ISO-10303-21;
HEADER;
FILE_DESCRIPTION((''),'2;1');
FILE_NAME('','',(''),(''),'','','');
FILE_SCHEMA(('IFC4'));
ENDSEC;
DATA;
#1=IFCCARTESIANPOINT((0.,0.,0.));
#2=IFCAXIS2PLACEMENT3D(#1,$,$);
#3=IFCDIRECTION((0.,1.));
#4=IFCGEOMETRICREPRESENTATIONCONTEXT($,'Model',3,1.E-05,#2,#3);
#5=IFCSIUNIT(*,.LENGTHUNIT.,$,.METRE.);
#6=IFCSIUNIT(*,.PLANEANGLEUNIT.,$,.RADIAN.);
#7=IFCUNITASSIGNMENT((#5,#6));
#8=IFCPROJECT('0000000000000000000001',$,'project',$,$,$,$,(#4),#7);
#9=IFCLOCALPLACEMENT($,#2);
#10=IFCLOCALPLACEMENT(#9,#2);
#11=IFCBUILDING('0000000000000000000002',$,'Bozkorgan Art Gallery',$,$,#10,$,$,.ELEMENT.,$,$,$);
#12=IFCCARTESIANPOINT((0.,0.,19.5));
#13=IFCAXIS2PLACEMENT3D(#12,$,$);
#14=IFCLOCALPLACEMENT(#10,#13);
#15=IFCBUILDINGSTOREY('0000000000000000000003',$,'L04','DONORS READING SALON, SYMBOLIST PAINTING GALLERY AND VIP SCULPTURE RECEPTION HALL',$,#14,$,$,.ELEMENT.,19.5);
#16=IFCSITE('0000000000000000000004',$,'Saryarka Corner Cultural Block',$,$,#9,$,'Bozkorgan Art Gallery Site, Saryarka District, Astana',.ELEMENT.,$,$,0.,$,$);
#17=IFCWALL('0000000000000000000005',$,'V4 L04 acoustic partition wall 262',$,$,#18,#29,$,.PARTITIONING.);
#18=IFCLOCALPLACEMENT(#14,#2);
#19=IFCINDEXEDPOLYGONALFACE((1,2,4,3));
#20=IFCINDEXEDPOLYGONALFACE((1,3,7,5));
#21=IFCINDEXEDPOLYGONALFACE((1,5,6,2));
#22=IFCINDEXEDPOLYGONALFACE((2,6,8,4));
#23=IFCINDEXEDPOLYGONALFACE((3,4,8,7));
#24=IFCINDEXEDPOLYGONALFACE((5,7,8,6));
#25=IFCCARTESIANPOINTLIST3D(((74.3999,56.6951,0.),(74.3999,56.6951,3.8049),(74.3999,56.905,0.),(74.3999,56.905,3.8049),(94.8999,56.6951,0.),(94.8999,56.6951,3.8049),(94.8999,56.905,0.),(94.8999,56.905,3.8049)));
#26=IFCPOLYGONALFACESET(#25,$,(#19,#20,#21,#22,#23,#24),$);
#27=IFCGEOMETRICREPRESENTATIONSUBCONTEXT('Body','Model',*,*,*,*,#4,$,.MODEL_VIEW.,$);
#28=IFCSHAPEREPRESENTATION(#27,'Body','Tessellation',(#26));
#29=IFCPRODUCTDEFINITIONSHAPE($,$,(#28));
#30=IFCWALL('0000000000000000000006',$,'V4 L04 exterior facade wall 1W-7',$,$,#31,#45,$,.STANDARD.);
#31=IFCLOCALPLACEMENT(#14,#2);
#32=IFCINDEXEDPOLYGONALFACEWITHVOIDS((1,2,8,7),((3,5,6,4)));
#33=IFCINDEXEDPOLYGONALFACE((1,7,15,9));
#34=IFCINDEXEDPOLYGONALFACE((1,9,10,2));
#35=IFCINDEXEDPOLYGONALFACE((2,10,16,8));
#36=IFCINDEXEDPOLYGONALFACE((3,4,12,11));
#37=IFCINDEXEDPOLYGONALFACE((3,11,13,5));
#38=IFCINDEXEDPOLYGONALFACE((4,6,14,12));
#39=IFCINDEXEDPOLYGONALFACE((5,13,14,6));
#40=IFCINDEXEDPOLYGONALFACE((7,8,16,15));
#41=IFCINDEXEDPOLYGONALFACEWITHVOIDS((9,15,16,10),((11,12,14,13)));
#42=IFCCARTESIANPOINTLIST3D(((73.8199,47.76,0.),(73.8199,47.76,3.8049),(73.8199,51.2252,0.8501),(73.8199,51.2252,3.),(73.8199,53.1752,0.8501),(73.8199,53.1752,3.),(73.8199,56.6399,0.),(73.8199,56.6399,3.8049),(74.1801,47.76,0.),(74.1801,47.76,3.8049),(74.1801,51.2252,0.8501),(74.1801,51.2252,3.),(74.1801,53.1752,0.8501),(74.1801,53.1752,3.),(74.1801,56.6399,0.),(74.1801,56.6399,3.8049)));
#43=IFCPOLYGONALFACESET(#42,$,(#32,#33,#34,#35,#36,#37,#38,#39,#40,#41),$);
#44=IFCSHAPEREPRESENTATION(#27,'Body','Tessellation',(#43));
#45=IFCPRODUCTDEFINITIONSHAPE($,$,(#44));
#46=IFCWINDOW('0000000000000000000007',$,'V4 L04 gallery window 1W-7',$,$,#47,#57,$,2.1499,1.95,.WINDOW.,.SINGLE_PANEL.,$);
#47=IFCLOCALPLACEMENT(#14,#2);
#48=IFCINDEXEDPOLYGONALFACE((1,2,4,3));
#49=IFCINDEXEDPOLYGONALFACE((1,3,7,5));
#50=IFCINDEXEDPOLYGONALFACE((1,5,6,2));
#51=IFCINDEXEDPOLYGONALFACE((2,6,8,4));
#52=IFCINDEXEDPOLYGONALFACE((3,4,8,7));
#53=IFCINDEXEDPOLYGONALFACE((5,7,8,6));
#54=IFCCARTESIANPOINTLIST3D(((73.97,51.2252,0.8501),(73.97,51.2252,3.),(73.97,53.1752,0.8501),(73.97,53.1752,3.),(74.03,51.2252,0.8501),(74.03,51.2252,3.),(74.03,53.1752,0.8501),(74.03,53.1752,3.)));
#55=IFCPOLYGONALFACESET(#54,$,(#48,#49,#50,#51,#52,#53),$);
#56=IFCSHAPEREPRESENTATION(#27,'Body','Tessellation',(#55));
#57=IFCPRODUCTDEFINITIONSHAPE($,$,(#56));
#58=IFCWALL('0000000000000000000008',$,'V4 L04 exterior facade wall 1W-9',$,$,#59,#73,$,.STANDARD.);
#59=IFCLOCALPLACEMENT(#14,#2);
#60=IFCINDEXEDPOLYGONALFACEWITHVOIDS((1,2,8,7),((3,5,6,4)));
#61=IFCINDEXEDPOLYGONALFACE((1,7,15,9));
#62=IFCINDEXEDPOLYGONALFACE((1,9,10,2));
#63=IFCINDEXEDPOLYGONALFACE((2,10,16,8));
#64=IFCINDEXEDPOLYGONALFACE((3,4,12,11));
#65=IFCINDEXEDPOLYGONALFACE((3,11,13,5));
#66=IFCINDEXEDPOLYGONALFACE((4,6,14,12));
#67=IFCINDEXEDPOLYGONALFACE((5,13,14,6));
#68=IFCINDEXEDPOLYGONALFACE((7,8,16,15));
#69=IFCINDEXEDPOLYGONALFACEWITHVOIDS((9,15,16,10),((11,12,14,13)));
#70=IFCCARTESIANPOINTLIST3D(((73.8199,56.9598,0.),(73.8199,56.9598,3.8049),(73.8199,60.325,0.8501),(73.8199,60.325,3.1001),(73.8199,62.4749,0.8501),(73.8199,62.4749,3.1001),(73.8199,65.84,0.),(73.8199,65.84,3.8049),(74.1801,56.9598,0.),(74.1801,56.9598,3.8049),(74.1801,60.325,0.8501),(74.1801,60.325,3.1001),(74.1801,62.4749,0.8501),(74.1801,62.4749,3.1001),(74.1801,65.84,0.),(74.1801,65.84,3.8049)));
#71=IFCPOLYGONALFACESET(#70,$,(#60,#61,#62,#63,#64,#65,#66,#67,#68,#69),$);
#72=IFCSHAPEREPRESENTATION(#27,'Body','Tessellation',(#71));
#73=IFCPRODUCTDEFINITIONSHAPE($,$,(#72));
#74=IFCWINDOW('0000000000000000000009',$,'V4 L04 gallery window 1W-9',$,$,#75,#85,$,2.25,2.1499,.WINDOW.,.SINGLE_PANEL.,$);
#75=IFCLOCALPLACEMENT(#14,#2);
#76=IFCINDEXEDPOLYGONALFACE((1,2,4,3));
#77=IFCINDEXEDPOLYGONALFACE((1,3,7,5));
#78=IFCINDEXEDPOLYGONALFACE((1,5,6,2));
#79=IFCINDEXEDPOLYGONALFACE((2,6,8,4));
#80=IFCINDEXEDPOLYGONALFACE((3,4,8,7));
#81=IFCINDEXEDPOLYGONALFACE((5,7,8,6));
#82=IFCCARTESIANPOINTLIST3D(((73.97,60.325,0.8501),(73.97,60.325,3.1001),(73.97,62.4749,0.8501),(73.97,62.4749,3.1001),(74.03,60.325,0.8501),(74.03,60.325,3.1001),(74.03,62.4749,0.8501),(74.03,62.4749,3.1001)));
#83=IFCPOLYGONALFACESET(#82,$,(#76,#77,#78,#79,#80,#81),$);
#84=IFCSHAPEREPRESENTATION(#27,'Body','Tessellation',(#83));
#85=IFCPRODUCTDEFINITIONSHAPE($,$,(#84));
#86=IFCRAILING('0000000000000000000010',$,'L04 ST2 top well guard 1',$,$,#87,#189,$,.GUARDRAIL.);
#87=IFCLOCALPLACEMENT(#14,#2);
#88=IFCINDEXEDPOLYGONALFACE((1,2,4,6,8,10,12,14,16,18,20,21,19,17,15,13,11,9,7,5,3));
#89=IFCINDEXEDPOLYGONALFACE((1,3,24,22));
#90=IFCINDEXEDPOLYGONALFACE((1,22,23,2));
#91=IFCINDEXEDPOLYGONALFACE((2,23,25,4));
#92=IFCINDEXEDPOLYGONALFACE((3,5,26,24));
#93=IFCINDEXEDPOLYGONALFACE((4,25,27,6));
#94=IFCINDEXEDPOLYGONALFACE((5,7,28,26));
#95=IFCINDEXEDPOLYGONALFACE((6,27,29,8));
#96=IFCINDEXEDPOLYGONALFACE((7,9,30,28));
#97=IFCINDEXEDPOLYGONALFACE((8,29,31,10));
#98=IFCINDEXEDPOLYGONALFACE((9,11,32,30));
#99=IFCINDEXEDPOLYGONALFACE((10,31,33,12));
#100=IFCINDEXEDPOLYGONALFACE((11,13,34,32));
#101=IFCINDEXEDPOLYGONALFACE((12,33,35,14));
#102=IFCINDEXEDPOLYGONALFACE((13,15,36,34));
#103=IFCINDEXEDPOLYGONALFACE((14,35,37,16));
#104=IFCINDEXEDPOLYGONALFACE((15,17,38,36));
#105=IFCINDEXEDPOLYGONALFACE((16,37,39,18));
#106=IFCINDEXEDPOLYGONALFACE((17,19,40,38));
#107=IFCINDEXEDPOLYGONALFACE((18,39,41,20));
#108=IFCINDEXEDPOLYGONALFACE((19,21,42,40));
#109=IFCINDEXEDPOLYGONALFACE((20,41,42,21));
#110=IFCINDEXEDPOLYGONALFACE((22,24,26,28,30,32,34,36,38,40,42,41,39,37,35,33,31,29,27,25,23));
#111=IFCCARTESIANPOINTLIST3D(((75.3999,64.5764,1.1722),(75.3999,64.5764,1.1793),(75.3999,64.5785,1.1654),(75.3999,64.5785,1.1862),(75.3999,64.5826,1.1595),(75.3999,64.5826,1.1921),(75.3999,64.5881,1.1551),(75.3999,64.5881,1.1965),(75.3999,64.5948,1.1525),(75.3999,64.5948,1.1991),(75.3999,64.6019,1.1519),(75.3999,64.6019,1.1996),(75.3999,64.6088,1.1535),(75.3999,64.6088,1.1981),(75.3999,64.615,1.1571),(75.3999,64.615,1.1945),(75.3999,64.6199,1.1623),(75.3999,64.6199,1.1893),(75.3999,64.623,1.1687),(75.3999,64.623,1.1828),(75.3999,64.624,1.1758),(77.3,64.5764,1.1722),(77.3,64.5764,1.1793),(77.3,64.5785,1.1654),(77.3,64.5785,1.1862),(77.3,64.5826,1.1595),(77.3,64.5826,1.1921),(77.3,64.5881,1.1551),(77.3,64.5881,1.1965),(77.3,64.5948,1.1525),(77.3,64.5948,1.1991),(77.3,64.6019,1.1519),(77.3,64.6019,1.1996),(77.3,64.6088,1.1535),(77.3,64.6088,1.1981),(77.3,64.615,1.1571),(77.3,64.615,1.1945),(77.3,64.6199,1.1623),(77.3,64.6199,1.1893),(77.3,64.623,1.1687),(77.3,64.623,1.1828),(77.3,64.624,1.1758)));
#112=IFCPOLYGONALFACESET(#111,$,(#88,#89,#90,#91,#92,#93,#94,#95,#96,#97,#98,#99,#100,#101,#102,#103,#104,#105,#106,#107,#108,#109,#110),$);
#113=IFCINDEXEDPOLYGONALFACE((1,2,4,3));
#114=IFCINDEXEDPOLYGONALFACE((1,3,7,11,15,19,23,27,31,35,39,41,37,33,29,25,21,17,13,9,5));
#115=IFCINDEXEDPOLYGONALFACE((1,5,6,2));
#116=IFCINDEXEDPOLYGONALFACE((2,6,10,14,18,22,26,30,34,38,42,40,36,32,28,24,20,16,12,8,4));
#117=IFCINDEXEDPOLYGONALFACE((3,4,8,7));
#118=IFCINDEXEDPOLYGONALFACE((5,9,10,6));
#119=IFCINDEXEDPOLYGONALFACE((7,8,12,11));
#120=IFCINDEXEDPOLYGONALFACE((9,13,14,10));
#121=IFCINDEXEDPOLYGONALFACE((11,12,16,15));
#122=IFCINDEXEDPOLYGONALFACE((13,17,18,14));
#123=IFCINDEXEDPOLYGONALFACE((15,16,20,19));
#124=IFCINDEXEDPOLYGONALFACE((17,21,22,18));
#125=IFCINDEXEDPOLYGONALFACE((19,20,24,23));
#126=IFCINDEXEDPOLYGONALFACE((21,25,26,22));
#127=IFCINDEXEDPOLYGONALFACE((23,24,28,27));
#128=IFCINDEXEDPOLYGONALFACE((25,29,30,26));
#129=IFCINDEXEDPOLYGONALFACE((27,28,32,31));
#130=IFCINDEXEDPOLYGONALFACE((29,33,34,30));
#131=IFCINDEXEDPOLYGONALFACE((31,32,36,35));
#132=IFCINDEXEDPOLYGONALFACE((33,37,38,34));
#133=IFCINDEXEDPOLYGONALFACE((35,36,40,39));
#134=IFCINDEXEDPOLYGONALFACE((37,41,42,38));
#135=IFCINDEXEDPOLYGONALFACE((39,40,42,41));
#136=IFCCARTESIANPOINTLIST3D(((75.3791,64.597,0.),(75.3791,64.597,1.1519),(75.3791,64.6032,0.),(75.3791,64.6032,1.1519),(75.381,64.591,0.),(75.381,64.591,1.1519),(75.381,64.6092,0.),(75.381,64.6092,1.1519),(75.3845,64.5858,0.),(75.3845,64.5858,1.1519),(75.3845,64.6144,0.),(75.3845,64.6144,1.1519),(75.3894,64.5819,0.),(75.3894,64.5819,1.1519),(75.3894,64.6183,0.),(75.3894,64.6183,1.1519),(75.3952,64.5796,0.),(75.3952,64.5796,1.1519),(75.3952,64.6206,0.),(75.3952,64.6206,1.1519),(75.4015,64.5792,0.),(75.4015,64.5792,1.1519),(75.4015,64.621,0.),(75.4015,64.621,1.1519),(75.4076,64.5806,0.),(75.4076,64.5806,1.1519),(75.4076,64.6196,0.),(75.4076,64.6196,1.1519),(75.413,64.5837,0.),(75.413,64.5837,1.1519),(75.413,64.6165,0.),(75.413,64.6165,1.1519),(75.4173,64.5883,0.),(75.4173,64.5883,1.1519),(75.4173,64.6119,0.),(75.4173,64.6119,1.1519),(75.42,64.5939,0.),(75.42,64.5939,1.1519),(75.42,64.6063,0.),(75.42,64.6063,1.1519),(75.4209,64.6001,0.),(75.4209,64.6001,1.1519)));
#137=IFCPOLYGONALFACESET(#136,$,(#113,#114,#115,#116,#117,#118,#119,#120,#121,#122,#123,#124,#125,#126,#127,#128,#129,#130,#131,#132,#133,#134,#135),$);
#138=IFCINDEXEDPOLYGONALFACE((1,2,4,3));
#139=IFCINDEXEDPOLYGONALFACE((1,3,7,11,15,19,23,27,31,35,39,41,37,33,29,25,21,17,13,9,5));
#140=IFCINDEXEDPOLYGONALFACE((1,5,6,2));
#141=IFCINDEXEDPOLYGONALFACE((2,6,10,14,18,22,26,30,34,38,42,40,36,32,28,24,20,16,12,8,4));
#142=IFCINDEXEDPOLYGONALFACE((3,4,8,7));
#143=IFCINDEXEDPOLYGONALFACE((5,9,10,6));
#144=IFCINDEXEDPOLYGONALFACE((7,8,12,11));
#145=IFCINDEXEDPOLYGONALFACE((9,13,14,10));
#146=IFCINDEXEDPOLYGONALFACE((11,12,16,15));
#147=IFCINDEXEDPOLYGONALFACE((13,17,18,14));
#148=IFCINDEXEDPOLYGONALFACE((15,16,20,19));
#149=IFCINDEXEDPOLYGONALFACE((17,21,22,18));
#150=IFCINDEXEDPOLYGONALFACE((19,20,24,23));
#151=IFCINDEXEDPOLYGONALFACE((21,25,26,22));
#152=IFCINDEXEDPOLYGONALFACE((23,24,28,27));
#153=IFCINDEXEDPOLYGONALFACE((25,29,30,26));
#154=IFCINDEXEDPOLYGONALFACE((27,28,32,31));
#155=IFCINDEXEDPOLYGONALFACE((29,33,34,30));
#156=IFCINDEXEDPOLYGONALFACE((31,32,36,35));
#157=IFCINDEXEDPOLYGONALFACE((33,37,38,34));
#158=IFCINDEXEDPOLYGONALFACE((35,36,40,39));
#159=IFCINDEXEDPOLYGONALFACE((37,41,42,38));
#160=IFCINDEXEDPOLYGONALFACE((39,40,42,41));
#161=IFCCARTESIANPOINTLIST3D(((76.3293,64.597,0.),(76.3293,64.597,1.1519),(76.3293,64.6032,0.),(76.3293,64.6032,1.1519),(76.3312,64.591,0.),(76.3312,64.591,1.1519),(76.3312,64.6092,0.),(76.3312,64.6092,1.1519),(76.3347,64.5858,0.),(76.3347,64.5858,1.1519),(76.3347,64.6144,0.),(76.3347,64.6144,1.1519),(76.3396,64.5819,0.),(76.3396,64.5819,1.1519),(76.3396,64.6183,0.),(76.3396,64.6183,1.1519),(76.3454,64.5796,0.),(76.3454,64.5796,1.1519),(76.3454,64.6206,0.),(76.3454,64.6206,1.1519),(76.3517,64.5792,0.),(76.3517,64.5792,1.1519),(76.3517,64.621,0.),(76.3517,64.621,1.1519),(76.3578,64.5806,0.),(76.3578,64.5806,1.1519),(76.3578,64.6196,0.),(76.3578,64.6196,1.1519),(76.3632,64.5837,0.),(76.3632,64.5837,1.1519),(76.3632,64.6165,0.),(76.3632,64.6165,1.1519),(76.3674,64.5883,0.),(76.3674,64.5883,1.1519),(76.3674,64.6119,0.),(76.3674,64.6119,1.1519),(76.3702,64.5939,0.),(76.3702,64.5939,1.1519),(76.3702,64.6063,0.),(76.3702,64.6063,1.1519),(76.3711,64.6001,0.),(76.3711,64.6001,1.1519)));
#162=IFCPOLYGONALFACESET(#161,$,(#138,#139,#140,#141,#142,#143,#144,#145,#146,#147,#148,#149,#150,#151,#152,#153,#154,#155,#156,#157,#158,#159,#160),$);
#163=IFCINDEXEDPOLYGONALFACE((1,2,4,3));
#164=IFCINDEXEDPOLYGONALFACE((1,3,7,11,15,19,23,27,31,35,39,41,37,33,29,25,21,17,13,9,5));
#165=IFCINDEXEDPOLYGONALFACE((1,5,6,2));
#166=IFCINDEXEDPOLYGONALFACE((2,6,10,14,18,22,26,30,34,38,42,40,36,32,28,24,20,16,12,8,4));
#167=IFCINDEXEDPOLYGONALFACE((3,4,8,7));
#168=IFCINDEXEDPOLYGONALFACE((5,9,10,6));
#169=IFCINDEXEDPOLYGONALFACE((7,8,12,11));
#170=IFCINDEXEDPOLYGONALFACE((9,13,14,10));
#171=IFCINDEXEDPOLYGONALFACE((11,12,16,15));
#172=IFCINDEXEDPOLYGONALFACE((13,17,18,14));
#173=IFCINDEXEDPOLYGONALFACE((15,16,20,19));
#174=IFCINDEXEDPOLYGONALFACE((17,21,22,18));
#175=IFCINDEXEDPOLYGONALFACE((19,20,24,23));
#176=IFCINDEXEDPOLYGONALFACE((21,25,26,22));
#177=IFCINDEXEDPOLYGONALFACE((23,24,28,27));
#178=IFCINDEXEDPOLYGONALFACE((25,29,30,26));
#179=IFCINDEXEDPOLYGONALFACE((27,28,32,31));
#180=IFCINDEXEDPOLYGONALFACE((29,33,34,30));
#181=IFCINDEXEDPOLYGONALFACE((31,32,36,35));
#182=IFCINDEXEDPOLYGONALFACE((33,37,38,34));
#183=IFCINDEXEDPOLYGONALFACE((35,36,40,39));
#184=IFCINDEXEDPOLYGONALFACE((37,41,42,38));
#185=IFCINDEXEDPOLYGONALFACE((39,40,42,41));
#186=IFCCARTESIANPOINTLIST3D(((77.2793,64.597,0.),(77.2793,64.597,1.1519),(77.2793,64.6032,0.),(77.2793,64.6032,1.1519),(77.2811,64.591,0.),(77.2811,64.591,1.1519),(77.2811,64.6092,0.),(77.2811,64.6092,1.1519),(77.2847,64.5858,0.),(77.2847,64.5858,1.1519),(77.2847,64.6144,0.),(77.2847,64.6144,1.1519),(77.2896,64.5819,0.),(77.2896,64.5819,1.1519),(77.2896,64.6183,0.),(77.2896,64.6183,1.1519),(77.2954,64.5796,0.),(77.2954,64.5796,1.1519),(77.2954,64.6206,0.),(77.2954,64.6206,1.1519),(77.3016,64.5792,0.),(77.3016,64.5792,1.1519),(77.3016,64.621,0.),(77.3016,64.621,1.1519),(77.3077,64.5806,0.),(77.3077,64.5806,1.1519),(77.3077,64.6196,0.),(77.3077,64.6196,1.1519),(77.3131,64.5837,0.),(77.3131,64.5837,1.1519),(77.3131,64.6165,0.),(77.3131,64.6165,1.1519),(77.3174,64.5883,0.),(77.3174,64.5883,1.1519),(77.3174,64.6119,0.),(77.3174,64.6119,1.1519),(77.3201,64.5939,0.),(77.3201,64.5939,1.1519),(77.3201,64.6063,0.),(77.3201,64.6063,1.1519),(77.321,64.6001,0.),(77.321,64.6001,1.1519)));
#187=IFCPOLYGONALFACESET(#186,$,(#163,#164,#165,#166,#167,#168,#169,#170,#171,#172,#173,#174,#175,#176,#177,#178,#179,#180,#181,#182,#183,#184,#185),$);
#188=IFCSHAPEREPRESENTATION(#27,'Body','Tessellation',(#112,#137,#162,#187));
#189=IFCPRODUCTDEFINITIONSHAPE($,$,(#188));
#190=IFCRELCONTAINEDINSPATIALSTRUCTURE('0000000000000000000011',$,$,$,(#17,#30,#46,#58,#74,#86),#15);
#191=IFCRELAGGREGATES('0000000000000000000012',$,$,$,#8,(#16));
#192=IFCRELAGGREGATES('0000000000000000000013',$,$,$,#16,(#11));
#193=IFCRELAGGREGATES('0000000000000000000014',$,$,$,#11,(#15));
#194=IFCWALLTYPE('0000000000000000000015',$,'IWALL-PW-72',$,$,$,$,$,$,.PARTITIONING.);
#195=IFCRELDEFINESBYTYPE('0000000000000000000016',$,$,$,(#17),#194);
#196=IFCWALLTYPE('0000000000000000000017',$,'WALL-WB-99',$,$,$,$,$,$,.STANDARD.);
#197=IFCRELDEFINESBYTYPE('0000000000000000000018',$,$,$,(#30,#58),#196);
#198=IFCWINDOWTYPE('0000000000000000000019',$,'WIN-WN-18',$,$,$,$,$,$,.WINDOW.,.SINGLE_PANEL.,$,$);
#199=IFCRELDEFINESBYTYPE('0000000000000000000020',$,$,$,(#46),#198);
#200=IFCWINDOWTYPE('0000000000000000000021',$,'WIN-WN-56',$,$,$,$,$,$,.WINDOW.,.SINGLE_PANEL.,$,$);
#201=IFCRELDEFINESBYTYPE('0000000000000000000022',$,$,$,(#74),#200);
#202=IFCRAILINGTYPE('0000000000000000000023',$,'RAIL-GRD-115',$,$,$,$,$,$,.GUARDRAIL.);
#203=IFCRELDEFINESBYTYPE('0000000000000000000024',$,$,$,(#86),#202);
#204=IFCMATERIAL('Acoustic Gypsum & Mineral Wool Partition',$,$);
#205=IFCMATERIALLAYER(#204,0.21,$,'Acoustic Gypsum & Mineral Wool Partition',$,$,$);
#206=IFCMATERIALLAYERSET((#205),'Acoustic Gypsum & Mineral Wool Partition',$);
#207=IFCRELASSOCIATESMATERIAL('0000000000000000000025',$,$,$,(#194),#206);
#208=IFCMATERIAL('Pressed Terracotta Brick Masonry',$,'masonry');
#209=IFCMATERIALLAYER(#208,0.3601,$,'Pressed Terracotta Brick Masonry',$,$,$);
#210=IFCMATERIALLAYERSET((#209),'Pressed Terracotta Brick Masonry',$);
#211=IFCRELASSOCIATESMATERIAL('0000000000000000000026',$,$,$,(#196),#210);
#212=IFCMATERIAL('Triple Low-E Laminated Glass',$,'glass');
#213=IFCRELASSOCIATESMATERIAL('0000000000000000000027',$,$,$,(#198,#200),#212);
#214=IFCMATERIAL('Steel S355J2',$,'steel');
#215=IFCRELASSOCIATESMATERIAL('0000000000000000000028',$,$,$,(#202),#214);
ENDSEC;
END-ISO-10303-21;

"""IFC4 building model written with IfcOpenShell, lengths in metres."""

from ifc_helpers import new_model, si_unit, direction, frame, frame_2d, origin, origin_2d, place, context, subcontext, project, spatial, rectangle, circle, extrude, material, layer, layer_set, type_object, element, fill, save


model = new_model("IFC4")

# Units and contexts
model_context = context("Model", 3, precision=1e-05, world=origin(), true_north=direction((0.0, 1.0)))
body_context = subcontext(model_context, "Body", "Model", "MODEL_VIEW")
ifc_project = project(units=[si_unit("LENGTHUNIT", "METRE"), si_unit("PLANEANGLEUNIT", "RADIAN")], contexts=[model_context])

# Site, building, storey
site_placement = place(None, origin())
site = spatial("IfcSite", under=ifc_project, at=site_placement, Name="Saryarka Corner Cultural Block", LongName="Bozkorgan Art Gallery Site, Saryarka District, Astana", CompositionType="ELEMENT", RefElevation=0.0)
building_placement = place(site_placement, origin())
building = spatial("IfcBuilding", under=site, at=building_placement, Name="Bozkorgan Art Gallery", CompositionType="ELEMENT")
storey_placement = place(building_placement, frame((0.0, 0.0, 19.5)))
storey = spatial("IfcBuildingStorey", under=building, at=storey_placement, Name="L04", Description="DONORS READING SALON, SYMBOLIST PAINTING GALLERY AND VIP SCULPTURE RECEPTION HALL", CompositionType="ELEMENT", Elevation=19.5)

# Shared definitions
ifc_material_1 = material(Name="Steel S355J2", Category="steel")

# Wall
ifc_material_2 = material(Name="Acoustic Gypsum & Mineral Wool Partition")
ifc_layer_1 = layer(ifc_material_2, 0.21, Name="Acoustic Gypsum & Mineral Wool Partition")
ifc_layer_set_1 = layer_set([ifc_layer_1], Name="Acoustic Gypsum & Mineral Wool Partition")
wall_type_1 = type_object("IfcWallType", Name="IWALL-PW-72", PredefinedType="PARTITIONING", material=ifc_layer_set_1)
wall_1_placement = place(storey_placement, frame((74.3999, 56.8, 0.0), z_axis=(0.0, 0.0, 1.0), x_axis=(1.0, 0.0, 0.0)))
element("IfcWall", 1, at=wall_1_placement, inside=storey, type_object=wall_type_1, Name="V4 L04 acoustic partition wall 262", PredefinedType="PARTITIONING", context=body_context, shape_type="SweptSolid", body=[
    extrude(rectangle(XDim=20.5, YDim=0.21, at=frame_2d((10.25, 0.0))), origin(), (0.0, 0.0, 1.0), 3.8049),
])

# Walls, openings, windows
ifc_material_3 = material(Name="Pressed Terracotta Brick Masonry", Category="masonry")
ifc_layer_2 = layer(ifc_material_3, 0.3601, Name="Pressed Terracotta Brick Masonry")
ifc_layer_set_2 = layer_set([ifc_layer_2], Name="Pressed Terracotta Brick Masonry")
wall_type_2 = type_object("IfcWallType", Name="WALL-WB-99", PredefinedType="STANDARD", material=ifc_layer_set_2)
wall_2_placement = place(storey_placement, frame((74.0, 47.76, 0.0), z_axis=(0.0, 0.0, 1.0), x_axis=(0.0, 1.0, 0.0)))
wall_2 = element("IfcWall", 2, at=wall_2_placement, inside=storey, type_object=wall_type_2, Name="V4 L04 exterior facade wall 1W-7", PredefinedType="STANDARD", context=body_context, shape_type="SweptSolid", body=[
    extrude(rectangle(XDim=8.8799, YDim=0.3601, at=frame_2d((4.4399, 0.0))), origin(), (0.0, 0.0, 1.0), 3.8049),
])
opening_1_placement = place(wall_2_placement, frame((3.4651, 0.0, 0.8501)))
opening_1 = element("IfcOpeningElement", 3, at=opening_1_placement, cuts=wall_2, PredefinedType="OPENING", context=body_context, shape_type="SweptSolid", body=[
    extrude(rectangle(XDim=1.95, YDim=2.1499, at=frame_2d((0.9751, 1.075))), frame((0.0, 0.1899, 0.0), z_axis=(0.0, -1.0, 0.0), x_axis=(1.0, 0.0, 0.0)), (0.0, 0.0, 1.0), 0.3801),
])
ifc_material_4 = material(Name="Triple Low-E Laminated Glass", Category="glass")
window_type_1 = type_object("IfcWindowType", Name="WIN-WN-18", PartitioningType="SINGLE_PANEL", PredefinedType="WINDOW", material=ifc_material_4)
window_1_placement = place(opening_1_placement, origin())
window_1 = element("IfcWindow", 4, at=window_1_placement, inside=storey, type_object=window_type_1, Name="V4 L04 gallery window 1W-7", OverallHeight=2.1499, OverallWidth=1.95, PartitioningType="SINGLE_PANEL", PredefinedType="WINDOW", context=body_context, shape_type="SweptSolid", body=[
    extrude(rectangle(XDim=1.95, YDim=2.1499, at=frame_2d((0.9751, 1.075))), frame((0.0, 0.03, 0.0), z_axis=(0.0, -1.0, 0.0), x_axis=(1.0, 0.0, 0.0)), (0.0, 0.0, 1.0), 0.0601),
])
fill(opening_1, window_1)
wall_3_placement = place(storey_placement, frame((74.0, 56.96, 0.0), z_axis=(0.0, 0.0, 1.0), x_axis=(0.0, 1.0, 0.0)))
wall_3 = element("IfcWall", 5, at=wall_3_placement, inside=storey, type_object=wall_type_2, Name="V4 L04 exterior facade wall 1W-9", PredefinedType="STANDARD", context=body_context, shape_type="SweptSolid", body=[
    extrude(rectangle(XDim=8.8801, YDim=0.3601, at=frame_2d((4.4399, 0.0))), origin(), (0.0, 0.0, 1.0), 3.8049),
])
opening_2_placement = place(wall_3_placement, frame((3.365, 0.0, 0.8501)))
opening_2 = element("IfcOpeningElement", 6, at=opening_2_placement, cuts=wall_3, PredefinedType="OPENING", context=body_context, shape_type="SweptSolid", body=[
    extrude(rectangle(XDim=2.1499, YDim=2.25, at=frame_2d((1.075, 1.125))), frame((0.0, 0.1899, 0.0), z_axis=(0.0, -1.0, 0.0), x_axis=(1.0, 0.0, 0.0)), (0.0, 0.0, 1.0), 0.3801),
])
window_type_2 = type_object("IfcWindowType", Name="WIN-WN-56", PartitioningType="SINGLE_PANEL", PredefinedType="WINDOW", material=ifc_material_4)
window_2_placement = place(opening_2_placement, origin())
window_2 = element("IfcWindow", 7, at=window_2_placement, inside=storey, type_object=window_type_2, Name="V4 L04 gallery window 1W-9", OverallHeight=2.25, OverallWidth=2.1499, PartitioningType="SINGLE_PANEL", PredefinedType="WINDOW", context=body_context, shape_type="SweptSolid", body=[
    extrude(rectangle(XDim=2.1499, YDim=2.25, at=frame_2d((1.075, 1.125))), frame((0.0, 0.03, 0.0), z_axis=(0.0, -1.0, 0.0), x_axis=(1.0, 0.0, 0.0)), (0.0, 0.0, 1.0), 0.0601),
])
fill(opening_2, window_2)

# Railing
railing_type = type_object("IfcRailingType", Name="RAIL-GRD-115", PredefinedType="GUARDRAIL", material=ifc_material_1)
railing_placement = place(storey_placement, frame((75.3999, 64.6001, 0.0)))
element("IfcRailing", 8, at=railing_placement, inside=storey, type_object=railing_type, Name="L04 ST2 top well guard 1", PredefinedType="GUARDRAIL", context=body_context, shape_type="SweptSolid", body=[
    extrude(circle(Radius=0.0239, at=origin_2d()), frame((0.0, 0.0, 1.1758), z_axis=(1.0, 0.0, 0.0), x_axis=(0.0, 1.0, 0.0)), (0.0, 0.0, 1.0), 1.9001),
    extrude(circle(Radius=0.021, at=origin_2d()), origin(), (0.0, 0.0, 1.0), 1.1519),
    extrude(circle(Radius=0.021, at=origin_2d()), frame((0.9502, 0.0, 0.0)), (0.0, 0.0, 1.0), 1.1519),
    extrude(circle(Radius=0.021, at=origin_2d()), frame((1.9001, 0.0, 0.0)), (0.0, 0.0, 1.0), 1.1519),
])

save(model, "model.ifc")
